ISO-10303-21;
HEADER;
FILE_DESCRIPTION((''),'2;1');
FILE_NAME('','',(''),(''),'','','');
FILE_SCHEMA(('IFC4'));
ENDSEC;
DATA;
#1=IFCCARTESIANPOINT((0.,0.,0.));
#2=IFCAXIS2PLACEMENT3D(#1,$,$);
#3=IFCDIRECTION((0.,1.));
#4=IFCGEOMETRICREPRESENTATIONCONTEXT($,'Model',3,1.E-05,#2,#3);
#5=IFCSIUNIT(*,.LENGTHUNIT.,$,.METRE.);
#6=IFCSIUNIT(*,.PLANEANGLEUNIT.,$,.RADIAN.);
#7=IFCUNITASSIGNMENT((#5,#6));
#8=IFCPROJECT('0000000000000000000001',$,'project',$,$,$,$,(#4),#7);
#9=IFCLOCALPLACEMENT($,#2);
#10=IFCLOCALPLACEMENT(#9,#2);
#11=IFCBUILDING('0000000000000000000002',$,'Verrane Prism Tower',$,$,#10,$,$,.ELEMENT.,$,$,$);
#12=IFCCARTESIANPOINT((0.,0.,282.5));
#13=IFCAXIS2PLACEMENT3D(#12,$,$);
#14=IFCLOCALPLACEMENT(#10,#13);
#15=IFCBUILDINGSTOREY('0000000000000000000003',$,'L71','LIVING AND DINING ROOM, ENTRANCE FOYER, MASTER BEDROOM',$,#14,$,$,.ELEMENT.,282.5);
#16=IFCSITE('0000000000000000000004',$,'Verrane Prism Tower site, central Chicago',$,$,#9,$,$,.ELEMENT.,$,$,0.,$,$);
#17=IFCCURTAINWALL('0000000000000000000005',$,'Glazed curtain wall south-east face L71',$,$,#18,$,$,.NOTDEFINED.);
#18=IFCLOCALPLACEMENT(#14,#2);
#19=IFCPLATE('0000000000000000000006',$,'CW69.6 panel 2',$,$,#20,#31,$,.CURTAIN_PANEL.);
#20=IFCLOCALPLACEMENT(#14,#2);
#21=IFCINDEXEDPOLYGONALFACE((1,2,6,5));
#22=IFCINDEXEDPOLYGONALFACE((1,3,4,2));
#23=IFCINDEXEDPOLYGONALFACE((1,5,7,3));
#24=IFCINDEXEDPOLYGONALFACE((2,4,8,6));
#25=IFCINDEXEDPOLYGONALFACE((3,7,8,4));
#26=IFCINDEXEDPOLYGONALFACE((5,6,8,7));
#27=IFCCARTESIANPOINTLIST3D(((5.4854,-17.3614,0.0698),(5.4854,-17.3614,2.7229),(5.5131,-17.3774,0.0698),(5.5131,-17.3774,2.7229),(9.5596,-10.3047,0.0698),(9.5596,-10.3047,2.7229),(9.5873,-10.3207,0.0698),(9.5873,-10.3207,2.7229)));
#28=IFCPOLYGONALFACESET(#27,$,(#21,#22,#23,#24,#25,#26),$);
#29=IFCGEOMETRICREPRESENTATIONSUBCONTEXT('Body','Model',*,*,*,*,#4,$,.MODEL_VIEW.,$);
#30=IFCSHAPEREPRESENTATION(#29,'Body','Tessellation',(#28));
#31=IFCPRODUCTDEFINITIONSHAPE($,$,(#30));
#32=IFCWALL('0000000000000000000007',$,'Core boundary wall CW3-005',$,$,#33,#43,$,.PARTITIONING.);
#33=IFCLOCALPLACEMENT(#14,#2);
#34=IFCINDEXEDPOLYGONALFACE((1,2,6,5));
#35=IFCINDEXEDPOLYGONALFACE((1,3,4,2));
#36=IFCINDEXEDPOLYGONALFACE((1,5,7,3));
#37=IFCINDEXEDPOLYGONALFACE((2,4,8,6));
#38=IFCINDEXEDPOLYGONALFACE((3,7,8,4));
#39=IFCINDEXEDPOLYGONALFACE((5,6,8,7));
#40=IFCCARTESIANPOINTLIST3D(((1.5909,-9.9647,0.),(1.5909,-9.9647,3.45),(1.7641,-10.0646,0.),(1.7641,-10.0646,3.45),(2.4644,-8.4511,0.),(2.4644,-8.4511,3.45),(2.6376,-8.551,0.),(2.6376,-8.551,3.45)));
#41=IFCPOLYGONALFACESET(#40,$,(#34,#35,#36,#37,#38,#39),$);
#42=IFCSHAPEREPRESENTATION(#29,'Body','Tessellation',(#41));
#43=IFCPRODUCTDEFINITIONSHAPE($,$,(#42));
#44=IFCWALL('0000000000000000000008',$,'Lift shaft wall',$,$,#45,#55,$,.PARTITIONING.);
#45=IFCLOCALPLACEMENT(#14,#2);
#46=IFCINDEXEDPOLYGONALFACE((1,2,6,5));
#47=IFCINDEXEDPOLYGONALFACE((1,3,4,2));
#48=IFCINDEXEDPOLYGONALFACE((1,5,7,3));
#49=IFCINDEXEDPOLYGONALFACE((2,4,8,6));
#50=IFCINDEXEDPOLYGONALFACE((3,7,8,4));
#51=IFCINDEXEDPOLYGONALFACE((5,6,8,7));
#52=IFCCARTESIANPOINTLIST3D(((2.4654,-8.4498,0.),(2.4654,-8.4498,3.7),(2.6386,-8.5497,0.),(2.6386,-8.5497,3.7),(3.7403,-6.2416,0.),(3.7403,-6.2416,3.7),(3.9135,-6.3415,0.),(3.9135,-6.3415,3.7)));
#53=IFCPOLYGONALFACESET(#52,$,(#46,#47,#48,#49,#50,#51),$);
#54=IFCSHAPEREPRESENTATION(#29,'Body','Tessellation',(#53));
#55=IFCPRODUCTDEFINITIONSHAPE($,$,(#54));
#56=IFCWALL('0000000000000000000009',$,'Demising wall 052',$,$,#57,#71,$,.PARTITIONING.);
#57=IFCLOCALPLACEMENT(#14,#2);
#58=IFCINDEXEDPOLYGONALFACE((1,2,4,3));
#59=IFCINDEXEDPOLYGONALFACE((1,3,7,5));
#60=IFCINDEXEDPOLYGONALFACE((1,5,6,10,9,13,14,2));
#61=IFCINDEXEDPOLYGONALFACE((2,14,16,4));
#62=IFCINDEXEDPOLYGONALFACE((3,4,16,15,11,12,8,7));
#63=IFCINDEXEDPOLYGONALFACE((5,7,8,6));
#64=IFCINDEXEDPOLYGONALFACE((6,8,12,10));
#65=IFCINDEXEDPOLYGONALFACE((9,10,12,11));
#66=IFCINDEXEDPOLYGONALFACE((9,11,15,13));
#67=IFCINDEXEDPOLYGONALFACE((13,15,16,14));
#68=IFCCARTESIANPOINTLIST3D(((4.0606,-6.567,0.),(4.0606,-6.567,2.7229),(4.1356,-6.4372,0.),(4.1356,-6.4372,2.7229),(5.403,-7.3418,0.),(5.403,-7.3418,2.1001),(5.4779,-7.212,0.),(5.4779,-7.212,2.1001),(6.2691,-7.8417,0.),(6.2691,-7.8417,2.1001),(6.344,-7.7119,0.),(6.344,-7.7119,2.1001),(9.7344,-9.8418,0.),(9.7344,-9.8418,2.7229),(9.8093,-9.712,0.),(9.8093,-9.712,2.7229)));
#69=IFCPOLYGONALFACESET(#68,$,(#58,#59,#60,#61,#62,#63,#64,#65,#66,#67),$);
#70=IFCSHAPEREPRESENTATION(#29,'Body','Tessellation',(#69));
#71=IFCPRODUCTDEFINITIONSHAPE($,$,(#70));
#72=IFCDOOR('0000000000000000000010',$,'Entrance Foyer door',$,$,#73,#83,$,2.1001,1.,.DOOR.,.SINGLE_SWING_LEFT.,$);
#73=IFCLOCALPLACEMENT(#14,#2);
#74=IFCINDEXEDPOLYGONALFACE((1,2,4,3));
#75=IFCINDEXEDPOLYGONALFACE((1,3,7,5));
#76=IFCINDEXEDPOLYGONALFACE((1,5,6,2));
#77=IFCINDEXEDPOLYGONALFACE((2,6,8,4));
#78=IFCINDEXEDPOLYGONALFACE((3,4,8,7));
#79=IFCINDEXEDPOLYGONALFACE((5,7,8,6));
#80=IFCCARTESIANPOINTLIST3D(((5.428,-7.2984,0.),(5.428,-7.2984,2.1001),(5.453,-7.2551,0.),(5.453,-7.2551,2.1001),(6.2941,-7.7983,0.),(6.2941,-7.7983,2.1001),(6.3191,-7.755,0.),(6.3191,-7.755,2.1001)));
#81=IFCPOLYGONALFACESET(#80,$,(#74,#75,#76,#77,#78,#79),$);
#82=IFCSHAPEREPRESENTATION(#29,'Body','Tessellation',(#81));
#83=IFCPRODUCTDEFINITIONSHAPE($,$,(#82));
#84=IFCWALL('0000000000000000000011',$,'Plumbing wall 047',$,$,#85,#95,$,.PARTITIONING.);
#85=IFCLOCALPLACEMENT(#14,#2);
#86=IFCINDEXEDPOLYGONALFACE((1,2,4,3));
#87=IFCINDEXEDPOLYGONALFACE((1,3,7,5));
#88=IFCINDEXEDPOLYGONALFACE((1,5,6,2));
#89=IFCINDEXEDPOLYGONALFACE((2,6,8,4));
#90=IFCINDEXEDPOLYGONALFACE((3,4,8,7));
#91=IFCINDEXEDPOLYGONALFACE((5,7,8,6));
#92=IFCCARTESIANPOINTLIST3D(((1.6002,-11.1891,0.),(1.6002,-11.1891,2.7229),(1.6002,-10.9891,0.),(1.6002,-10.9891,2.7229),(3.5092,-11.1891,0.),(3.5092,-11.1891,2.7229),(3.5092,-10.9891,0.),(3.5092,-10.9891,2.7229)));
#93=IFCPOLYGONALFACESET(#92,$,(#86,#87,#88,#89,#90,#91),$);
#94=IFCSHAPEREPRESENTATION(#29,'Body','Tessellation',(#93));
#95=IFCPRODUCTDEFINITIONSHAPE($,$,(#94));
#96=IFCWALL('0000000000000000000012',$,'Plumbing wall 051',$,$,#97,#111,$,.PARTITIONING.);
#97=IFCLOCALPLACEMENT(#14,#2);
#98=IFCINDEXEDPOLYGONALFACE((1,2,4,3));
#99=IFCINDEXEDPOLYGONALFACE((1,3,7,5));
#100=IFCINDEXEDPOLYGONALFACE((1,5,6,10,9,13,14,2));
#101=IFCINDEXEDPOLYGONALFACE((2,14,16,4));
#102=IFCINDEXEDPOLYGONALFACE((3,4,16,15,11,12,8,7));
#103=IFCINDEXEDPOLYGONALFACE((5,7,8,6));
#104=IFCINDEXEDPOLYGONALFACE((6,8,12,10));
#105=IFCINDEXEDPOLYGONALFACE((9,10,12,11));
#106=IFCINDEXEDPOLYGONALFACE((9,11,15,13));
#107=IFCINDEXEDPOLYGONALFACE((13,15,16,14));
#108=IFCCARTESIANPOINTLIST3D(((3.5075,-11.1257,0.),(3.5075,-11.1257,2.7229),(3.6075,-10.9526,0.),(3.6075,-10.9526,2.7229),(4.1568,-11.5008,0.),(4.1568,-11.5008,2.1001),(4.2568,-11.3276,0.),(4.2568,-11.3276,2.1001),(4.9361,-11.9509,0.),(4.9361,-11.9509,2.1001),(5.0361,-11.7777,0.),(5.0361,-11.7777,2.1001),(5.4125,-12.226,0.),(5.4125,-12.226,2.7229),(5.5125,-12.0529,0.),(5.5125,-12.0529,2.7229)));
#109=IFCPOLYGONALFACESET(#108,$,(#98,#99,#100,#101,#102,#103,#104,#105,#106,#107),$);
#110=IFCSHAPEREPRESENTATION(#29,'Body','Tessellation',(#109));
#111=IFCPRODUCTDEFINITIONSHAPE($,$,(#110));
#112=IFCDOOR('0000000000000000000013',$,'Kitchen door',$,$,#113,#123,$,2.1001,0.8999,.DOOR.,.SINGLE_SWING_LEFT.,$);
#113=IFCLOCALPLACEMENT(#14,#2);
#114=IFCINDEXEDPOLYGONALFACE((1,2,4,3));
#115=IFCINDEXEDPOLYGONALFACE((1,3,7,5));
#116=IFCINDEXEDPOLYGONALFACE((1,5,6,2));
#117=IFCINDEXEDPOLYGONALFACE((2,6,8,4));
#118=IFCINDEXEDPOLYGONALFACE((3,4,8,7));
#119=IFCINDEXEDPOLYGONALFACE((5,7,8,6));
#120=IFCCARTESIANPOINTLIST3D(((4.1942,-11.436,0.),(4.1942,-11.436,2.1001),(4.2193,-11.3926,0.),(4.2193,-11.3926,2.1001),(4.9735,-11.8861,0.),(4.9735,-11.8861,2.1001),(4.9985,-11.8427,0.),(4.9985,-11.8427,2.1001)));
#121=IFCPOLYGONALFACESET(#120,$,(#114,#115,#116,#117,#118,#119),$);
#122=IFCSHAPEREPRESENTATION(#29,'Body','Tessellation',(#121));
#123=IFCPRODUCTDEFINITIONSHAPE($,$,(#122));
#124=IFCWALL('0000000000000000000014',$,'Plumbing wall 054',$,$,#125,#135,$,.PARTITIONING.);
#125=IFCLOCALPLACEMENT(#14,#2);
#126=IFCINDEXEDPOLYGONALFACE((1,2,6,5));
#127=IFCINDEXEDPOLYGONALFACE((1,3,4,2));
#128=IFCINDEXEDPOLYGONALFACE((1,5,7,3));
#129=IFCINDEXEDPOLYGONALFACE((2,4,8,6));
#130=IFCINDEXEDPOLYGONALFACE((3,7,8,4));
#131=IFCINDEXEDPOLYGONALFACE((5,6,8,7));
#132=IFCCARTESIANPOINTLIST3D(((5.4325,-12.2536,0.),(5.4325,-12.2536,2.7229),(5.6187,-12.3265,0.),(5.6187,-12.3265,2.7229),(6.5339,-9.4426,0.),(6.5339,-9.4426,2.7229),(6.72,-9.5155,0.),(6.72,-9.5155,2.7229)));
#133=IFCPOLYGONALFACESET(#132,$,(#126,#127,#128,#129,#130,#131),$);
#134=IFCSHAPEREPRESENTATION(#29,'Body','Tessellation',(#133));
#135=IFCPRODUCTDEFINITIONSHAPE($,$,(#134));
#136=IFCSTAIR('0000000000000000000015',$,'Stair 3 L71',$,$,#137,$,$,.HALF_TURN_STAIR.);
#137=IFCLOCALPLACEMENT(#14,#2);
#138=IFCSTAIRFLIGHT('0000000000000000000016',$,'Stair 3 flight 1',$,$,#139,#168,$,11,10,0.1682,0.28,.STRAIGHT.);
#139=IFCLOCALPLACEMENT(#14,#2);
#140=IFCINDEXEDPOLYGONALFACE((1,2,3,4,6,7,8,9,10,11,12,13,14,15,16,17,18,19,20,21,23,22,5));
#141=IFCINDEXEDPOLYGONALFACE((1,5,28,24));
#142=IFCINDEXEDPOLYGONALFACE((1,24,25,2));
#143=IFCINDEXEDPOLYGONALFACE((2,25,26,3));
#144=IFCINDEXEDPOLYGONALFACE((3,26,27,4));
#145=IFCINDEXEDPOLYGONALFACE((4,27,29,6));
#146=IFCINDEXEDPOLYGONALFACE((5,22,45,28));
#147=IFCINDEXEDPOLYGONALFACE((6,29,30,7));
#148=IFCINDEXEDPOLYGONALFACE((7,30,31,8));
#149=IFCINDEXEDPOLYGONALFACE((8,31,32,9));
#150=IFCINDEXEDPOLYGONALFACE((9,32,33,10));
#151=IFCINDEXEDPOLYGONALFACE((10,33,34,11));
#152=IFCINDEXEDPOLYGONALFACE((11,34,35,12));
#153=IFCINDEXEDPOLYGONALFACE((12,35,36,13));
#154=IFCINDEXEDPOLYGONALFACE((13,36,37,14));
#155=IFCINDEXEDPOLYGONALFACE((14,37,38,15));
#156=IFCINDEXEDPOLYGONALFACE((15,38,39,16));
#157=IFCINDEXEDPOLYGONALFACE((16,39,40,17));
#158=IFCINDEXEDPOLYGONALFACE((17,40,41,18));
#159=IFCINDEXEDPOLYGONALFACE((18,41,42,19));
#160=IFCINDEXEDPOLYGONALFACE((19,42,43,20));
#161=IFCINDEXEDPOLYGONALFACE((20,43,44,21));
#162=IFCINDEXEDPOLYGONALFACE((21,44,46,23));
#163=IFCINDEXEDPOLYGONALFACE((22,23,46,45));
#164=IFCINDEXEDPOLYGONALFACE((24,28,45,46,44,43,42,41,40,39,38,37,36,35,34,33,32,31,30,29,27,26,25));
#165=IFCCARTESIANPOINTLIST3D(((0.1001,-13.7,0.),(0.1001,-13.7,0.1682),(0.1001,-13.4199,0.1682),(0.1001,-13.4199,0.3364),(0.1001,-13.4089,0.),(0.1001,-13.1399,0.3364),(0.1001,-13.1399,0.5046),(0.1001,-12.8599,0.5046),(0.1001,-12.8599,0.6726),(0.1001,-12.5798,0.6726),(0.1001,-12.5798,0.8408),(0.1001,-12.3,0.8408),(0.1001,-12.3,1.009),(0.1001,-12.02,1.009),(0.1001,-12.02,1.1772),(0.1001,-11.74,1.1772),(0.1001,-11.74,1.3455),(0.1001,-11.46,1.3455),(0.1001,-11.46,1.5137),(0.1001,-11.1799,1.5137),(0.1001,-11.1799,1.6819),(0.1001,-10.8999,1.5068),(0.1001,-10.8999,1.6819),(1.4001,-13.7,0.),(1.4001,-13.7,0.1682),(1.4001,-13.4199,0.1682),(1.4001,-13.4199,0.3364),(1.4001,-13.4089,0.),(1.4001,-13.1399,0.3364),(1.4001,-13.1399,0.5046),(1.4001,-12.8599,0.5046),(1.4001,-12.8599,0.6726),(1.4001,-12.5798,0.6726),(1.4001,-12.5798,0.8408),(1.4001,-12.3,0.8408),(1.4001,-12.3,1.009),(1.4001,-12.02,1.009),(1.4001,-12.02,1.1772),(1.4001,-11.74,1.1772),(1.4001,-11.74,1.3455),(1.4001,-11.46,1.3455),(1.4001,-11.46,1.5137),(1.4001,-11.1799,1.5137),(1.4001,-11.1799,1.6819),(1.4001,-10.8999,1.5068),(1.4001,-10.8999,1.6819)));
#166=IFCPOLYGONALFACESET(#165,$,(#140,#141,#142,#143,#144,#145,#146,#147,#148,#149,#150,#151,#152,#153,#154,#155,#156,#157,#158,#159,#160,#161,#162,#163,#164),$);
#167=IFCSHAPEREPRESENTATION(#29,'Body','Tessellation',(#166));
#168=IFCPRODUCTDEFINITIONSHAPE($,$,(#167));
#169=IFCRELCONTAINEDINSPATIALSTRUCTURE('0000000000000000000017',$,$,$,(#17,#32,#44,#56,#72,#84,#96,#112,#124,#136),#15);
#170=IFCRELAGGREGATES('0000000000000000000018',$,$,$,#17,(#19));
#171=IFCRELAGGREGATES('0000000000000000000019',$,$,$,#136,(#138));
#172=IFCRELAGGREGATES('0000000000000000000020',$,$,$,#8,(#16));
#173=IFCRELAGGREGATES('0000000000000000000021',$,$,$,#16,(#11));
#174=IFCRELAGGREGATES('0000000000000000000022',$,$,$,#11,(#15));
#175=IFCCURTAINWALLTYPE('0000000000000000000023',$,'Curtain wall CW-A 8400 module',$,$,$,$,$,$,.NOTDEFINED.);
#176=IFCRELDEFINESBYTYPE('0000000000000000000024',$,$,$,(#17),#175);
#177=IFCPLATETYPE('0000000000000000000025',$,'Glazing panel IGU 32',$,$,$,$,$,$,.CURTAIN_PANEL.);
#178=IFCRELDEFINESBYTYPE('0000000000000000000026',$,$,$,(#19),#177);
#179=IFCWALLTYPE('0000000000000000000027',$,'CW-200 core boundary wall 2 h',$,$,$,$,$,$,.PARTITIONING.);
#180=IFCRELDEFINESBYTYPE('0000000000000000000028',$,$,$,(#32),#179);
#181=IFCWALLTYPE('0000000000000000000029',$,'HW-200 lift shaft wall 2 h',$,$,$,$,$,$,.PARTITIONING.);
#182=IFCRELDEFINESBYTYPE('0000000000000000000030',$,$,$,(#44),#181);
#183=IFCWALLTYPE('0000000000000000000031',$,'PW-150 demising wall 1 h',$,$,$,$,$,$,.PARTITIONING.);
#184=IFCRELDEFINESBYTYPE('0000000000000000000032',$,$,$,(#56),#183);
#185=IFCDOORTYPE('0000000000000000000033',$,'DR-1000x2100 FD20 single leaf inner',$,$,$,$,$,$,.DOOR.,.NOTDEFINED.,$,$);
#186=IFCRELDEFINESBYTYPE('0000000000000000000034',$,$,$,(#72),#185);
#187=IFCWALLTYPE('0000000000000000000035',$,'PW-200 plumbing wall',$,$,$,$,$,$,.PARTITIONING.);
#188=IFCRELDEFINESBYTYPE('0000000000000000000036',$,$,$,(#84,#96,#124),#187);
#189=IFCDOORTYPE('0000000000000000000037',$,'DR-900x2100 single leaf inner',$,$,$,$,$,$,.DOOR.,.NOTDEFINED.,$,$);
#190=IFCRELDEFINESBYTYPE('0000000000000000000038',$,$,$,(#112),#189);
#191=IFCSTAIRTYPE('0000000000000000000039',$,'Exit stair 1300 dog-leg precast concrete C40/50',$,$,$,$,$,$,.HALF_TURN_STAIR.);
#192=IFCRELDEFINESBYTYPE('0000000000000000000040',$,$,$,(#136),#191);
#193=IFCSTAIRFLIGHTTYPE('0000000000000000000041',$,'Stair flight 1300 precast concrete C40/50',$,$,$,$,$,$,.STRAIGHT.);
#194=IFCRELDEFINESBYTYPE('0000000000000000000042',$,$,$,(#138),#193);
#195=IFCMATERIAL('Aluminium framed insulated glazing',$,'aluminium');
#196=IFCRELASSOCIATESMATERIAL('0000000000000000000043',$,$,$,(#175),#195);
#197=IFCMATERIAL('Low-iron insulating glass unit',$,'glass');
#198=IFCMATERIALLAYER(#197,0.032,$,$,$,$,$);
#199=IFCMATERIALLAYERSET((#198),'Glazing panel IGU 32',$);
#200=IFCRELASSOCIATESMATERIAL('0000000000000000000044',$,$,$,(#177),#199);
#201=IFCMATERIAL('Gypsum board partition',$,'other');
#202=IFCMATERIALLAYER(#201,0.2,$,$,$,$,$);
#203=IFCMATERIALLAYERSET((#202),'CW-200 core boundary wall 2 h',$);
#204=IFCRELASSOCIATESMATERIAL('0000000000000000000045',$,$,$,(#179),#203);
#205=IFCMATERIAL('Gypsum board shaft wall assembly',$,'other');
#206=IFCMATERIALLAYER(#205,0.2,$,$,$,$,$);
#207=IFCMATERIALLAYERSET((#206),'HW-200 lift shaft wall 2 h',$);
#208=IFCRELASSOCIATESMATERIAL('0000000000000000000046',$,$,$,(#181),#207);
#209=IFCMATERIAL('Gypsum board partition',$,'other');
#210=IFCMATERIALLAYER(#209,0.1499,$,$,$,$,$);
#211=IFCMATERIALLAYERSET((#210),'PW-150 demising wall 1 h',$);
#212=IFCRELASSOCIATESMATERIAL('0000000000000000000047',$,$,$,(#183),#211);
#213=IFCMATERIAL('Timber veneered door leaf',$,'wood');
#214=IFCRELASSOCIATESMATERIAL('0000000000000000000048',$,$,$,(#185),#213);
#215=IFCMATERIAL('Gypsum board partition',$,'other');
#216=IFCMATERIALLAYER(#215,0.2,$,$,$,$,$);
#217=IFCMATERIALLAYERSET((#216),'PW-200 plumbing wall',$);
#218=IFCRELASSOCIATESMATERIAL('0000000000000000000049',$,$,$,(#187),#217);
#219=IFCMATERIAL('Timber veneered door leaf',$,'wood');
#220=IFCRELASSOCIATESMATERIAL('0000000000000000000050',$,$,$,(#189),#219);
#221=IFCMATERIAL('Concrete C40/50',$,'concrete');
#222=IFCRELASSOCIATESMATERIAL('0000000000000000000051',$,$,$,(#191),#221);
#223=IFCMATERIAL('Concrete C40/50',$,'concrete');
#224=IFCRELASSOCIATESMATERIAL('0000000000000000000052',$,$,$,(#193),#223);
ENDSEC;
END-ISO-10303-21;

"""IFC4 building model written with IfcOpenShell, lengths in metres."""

from ifc_helpers import new_model, si_unit, direction, frame, frame_2d, origin, origin_2d, place, context, subcontext, project, spatial, polyline, rectangle, outline, extrude, material, layer, layer_set, type_object, element, fill, aggregate, save


model = new_model("IFC4")

# Units and contexts
model_context = context("Model", 3, precision=1e-05, world=origin(), true_north=direction((0.0, 1.0)))
body_context = subcontext(model_context, "Body", "Model", "MODEL_VIEW")
ifc_project = project(units=[si_unit("LENGTHUNIT", "METRE"), si_unit("PLANEANGLEUNIT", "RADIAN")], contexts=[model_context])

# Site, building, storey
site_placement = place(None, origin())
site = spatial("IfcSite", under=ifc_project, at=site_placement, Name="Verrane Prism Tower site, central Chicago", CompositionType="ELEMENT", RefElevation=0.0)
building_placement = place(site_placement, origin())
building = spatial("IfcBuilding", under=site, at=building_placement, Name="Verrane Prism Tower", CompositionType="ELEMENT")
storey_placement = place(building_placement, frame((0.0, 0.0, 282.5)))
storey = spatial("IfcBuildingStorey", under=building, at=storey_placement, Name="L71", Description="LIVING AND DINING ROOM, ENTRANCE FOYER, MASTER BEDROOM", CompositionType="ELEMENT", Elevation=282.5)

# Curtain wall
ifc_material_1 = material(Name="Aluminium framed insulated glazing", Category="aluminium")
curtain_wall_type = type_object("IfcCurtainWallType", Name="Curtain wall CW-A 8400 module", PredefinedType="NOTDEFINED", material=ifc_material_1)
curtain_wall_placement = place(storey_placement, origin())
curtain_wall = element("IfcCurtainWall", 1, at=curtain_wall_placement, inside=storey, type_object=curtain_wall_type, Name="Glazed curtain wall south-east face L71", PredefinedType="NOTDEFINED")

# Plate
ifc_material_2 = material(Name="Low-iron insulating glass unit", Category="glass")
ifc_layer_1 = layer(ifc_material_2, 0.032)
ifc_layer_set_1 = layer_set([ifc_layer_1], Name="Glazing panel IGU 32")
plate_type = type_object("IfcPlateType", Name="Glazing panel IGU 32", PredefinedType="CURTAIN_PANEL", material=ifc_layer_set_1)
plate_placement = place(storey_placement, frame((7.5364, -13.8411, 0.0698), z_axis=(0.0, 0.0, 1.0), x_axis=(0.500001, 0.866025, 0.0)))
plate = element("IfcPlate", 2, at=plate_placement, type_object=plate_type, Name="CW69.6 panel 2", PredefinedType="CURTAIN_PANEL", context=body_context, shape_type="SweptSolid", body=[
    extrude(rectangle(XDim=8.1484, YDim=0.032, at=origin_2d()), origin(), (0.0, 0.0, 1.0), 2.6531),
])
aggregate(curtain_wall, [plate])

# Walls
ifc_material_3 = material(Name="Gypsum board partition", Category="other")
ifc_layer_2 = layer(ifc_material_3, 0.2)
ifc_layer_set_2 = layer_set([ifc_layer_2], Name="CW-200 core boundary wall 2 h")
wall_type_1 = type_object("IfcWallType", Name="CW-200 core boundary wall 2 h", PredefinedType="PARTITIONING", material=ifc_layer_set_2)
wall_1_placement = place(storey_placement, frame((1.6775, -10.0146, 0.0), z_axis=(0.0, 0.0, 1.0), x_axis=(0.499835, 0.86612, 0.0)))
element("IfcWall", 3, at=wall_1_placement, inside=storey, type_object=wall_type_1, Name="Core boundary wall CW3-005", PredefinedType="PARTITIONING", context=body_context, shape_type="SweptSolid", body=[
    extrude(rectangle(XDim=1.7476, YDim=0.2, at=frame_2d((0.8738, 0.0))), origin(), (0.0, 0.0, 1.0), 3.45),
])
ifc_material_4 = material(Name="Gypsum board shaft wall assembly", Category="other")
ifc_layer_3 = layer(ifc_material_4, 0.2)
ifc_layer_set_3 = layer_set([ifc_layer_3], Name="HW-200 lift shaft wall 2 h")
wall_type_2 = type_object("IfcWallType", Name="HW-200 lift shaft wall 2 h", PredefinedType="PARTITIONING", material=ifc_layer_set_3)
wall_2_placement = place(storey_placement, frame((2.552, -8.4998, 0.0), z_axis=(0.0, 0.0, 1.0), x_axis=(0.49999, 0.866031, 0.0)))
element("IfcWall", 4, at=wall_2_placement, inside=storey, type_object=wall_type_2, Name="Lift shaft wall", PredefinedType="PARTITIONING", context=body_context, shape_type="SweptSolid", body=[
    extrude(rectangle(XDim=2.5498, YDim=0.2, at=frame_2d((1.2749, 0.0))), origin(), (0.0, 0.0, 1.0), 3.7),
])

# Wall, opening, door
ifc_material_5 = material(Name="Gypsum board partition", Category="other")
ifc_layer_4 = layer(ifc_material_5, 0.1499)
ifc_layer_set_4 = layer_set([ifc_layer_4], Name="PW-150 demising wall 1 h")
wall_type_3 = type_object("IfcWallType", Name="PW-150 demising wall 1 h", PredefinedType="PARTITIONING", material=ifc_layer_set_4)
wall_3_placement = place(storey_placement, frame((9.7717, -9.7769, 0.0), z_axis=(0.0, 0.0, 1.0), x_axis=(-0.866084, 0.499899, 0.0)))
wall_3 = element("IfcWall", 5, at=wall_3_placement, inside=storey, type_object=wall_type_3, Name="Demising wall 052", PredefinedType="PARTITIONING", context=body_context, shape_type="SweptSolid", body=[
    extrude(rectangle(XDim=6.551, YDim=0.1499, at=frame_2d((3.2754, 0.0))), origin(), (0.0, 0.0, 1.0), 2.7229),
])
opening_1_placement = place(wall_3_placement, frame((4.001, 0.0, 0.0)))
opening_1 = element("IfcOpeningElement", 6, at=opening_1_placement, cuts=wall_3, PredefinedType="OPENING", context=body_context, shape_type="SweptSolid", body=[
    extrude(rectangle(XDim=1.0, YDim=2.1001, at=frame_2d((0.5, 1.05))), frame((0.0, 0.085, 0.0), z_axis=(0.0, -1.0, 0.0), x_axis=(1.0, 0.0, 0.0)), (0.0, 0.0, 1.0), 0.1699),
])
ifc_material_6 = material(Name="Timber veneered door leaf", Category="wood")
door_type_1 = type_object("IfcDoorType", Name="DR-1000x2100 FD20 single leaf inner", OperationType="NOTDEFINED", PredefinedType="DOOR", material=ifc_material_6)
door_1_placement = place(opening_1_placement, origin())
door_1 = element("IfcDoor", 7, at=door_1_placement, inside=storey, type_object=door_type_1, Name="Entrance Foyer door", OperationType="SINGLE_SWING_LEFT", OverallHeight=2.1001, OverallWidth=1.0, PredefinedType="DOOR", context=body_context, shape_type="SweptSolid", body=[
    extrude(rectangle(XDim=1.0, YDim=2.1001, at=frame_2d((0.5, 1.05))), frame((0.0, 0.0249, 0.0), z_axis=(0.0, -1.0, 0.0), x_axis=(1.0, 0.0, 0.0)), (0.0, 0.0, 1.0), 0.05),
])
fill(opening_1, door_1)

# Wall
ifc_material_7 = material(Name="Gypsum board partition", Category="other")
ifc_layer_5 = layer(ifc_material_7, 0.2)
ifc_layer_set_5 = layer_set([ifc_layer_5], Name="PW-200 plumbing wall")
wall_type_4 = type_object("IfcWallType", Name="PW-200 plumbing wall", PredefinedType="PARTITIONING", material=ifc_layer_set_5)
wall_4_placement = place(storey_placement, frame((1.6001, -11.0891, 0.0), z_axis=(0.0, 0.0, 1.0), x_axis=(1.0, 0.0, 0.0)))
element("IfcWall", 8, at=wall_4_placement, inside=storey, type_object=wall_type_4, Name="Plumbing wall 047", PredefinedType="PARTITIONING", context=body_context, shape_type="SweptSolid", body=[
    extrude(rectangle(XDim=1.9089, YDim=0.2, at=frame_2d((0.9546, 0.0))), origin(), (0.0, 0.0, 1.0), 2.7229),
])

# Wall, opening, door
wall_5_placement = place(storey_placement, frame((3.5574, -11.0391, 0.0), z_axis=(0.0, 0.0, 1.0), x_axis=(0.865932, -0.500161, 0.0)))
wall_5 = element("IfcWall", 9, at=wall_5_placement, inside=storey, type_object=wall_type_4, Name="Plumbing wall 051", PredefinedType="PARTITIONING", context=body_context, shape_type="SweptSolid", body=[
    extrude(rectangle(XDim=2.2, YDim=0.2, at=frame_2d((1.1001, 0.0))), origin(), (0.0, 0.0, 1.0), 2.7229),
])
opening_2_placement = place(wall_5_placement, frame((0.75, 0.0, 0.0)))
opening_2 = element("IfcOpeningElement", 10, at=opening_2_placement, cuts=wall_5, PredefinedType="OPENING", context=body_context, shape_type="SweptSolid", body=[
    extrude(rectangle(XDim=0.8999, YDim=2.1001, at=frame_2d((0.45, 1.05))), frame((0.0, 0.1099, 0.0), z_axis=(0.0, -1.0, 0.0), x_axis=(1.0, 0.0, 0.0)), (0.0, 0.0, 1.0), 0.22),
])
ifc_material_8 = material(Name="Timber veneered door leaf", Category="wood")
door_type_2 = type_object("IfcDoorType", Name="DR-900x2100 single leaf inner", OperationType="NOTDEFINED", PredefinedType="DOOR", material=ifc_material_8)
door_2_placement = place(opening_2_placement, origin())
door_2 = element("IfcDoor", 11, at=door_2_placement, inside=storey, type_object=door_type_2, Name="Kitchen door", OperationType="SINGLE_SWING_LEFT", OverallHeight=2.1001, OverallWidth=0.8999, PredefinedType="DOOR", context=body_context, shape_type="SweptSolid", body=[
    extrude(rectangle(XDim=0.8999, YDim=2.1001, at=frame_2d((0.45, 1.05))), frame((0.0, 0.0249, 0.0), z_axis=(0.0, -1.0, 0.0), x_axis=(1.0, 0.0, 0.0)), (0.0, 0.0, 1.0), 0.05),
])
fill(opening_2, door_2)

# Wall
wall_6_placement = place(storey_placement, frame((5.5256, -12.29, 0.0), z_axis=(0.0, 0.0, 1.0), x_axis=(0.364787, 0.931091, 0.0)))
element("IfcWall", 12, at=wall_6_placement, inside=storey, type_object=wall_type_4, Name="Plumbing wall 054", PredefinedType="PARTITIONING", context=body_context, shape_type="SweptSolid", body=[
    extrude(rectangle(XDim=3.019, YDim=0.2, at=frame_2d((1.5095, 0.0))), origin(), (0.0, 0.0, 1.0), 2.7229),
])

# Stair, stair flight
ifc_material_9 = material(Name="Concrete C40/50", Category="concrete")
stair_type = type_object("IfcStairType", Name="Exit stair 1300 dog-leg precast concrete C40/50", PredefinedType="HALF_TURN_STAIR", material=ifc_material_9)
stair_placement = place(storey_placement, origin())
stair = element("IfcStair", 13, at=stair_placement, inside=storey, type_object=stair_type, Name="Stair 3 L71", PredefinedType="HALF_TURN_STAIR")
ifc_material_10 = material(Name="Concrete C40/50", Category="concrete")
stair_flight_type = type_object("IfcStairFlightType", Name="Stair flight 1300 precast concrete C40/50", PredefinedType="STRAIGHT", material=ifc_material_10)
stair_flight_placement = place(storey_placement, frame((0.75, -13.7, 0.0), z_axis=(0.0, 0.0, 1.0), x_axis=(0.0, 1.0, 0.0)))
stair_flight = element("IfcStairFlight", 14, at=stair_flight_placement, type_object=stair_flight_type, Name="Stair 3 flight 1", NumberOfRisers=11, NumberOfTreads=10, PredefinedType="STRAIGHT", RiserHeight=0.1682, TreadLength=0.28, context=body_context, shape_type="SweptSolid", body=[
    extrude(outline(polyline([(0.0, 0.0), (0.0, 0.1682), (0.28, 0.1682), (0.28, 0.3364), (0.5601, 0.3364), (0.5601, 0.5046), (0.8401, 0.5046), (0.8401, 0.6726), (1.1201, 0.6726), (1.1201, 0.8408), (1.3999, 0.8408), (1.3999, 1.009), (1.6799, 1.009), (1.6799, 1.1772), (1.96, 1.1772), (1.96, 1.3455), (2.24, 1.3455), (2.24, 1.5137), (2.52, 1.5137), (2.52, 1.6819), (2.8, 1.6819), (2.8, 1.8501), (2.8, 1.5068), (0.291, 0.0), (0.0, 0.0)])), frame((0.0, 0.6499, 0.0), z_axis=(0.0, -1.0, 0.0), x_axis=(1.0, 0.0, 0.0)), (0.0, 0.0, 1.0), 1.3),
])
aggregate(stair, [stair_flight])

save(model, "model.ifc")
